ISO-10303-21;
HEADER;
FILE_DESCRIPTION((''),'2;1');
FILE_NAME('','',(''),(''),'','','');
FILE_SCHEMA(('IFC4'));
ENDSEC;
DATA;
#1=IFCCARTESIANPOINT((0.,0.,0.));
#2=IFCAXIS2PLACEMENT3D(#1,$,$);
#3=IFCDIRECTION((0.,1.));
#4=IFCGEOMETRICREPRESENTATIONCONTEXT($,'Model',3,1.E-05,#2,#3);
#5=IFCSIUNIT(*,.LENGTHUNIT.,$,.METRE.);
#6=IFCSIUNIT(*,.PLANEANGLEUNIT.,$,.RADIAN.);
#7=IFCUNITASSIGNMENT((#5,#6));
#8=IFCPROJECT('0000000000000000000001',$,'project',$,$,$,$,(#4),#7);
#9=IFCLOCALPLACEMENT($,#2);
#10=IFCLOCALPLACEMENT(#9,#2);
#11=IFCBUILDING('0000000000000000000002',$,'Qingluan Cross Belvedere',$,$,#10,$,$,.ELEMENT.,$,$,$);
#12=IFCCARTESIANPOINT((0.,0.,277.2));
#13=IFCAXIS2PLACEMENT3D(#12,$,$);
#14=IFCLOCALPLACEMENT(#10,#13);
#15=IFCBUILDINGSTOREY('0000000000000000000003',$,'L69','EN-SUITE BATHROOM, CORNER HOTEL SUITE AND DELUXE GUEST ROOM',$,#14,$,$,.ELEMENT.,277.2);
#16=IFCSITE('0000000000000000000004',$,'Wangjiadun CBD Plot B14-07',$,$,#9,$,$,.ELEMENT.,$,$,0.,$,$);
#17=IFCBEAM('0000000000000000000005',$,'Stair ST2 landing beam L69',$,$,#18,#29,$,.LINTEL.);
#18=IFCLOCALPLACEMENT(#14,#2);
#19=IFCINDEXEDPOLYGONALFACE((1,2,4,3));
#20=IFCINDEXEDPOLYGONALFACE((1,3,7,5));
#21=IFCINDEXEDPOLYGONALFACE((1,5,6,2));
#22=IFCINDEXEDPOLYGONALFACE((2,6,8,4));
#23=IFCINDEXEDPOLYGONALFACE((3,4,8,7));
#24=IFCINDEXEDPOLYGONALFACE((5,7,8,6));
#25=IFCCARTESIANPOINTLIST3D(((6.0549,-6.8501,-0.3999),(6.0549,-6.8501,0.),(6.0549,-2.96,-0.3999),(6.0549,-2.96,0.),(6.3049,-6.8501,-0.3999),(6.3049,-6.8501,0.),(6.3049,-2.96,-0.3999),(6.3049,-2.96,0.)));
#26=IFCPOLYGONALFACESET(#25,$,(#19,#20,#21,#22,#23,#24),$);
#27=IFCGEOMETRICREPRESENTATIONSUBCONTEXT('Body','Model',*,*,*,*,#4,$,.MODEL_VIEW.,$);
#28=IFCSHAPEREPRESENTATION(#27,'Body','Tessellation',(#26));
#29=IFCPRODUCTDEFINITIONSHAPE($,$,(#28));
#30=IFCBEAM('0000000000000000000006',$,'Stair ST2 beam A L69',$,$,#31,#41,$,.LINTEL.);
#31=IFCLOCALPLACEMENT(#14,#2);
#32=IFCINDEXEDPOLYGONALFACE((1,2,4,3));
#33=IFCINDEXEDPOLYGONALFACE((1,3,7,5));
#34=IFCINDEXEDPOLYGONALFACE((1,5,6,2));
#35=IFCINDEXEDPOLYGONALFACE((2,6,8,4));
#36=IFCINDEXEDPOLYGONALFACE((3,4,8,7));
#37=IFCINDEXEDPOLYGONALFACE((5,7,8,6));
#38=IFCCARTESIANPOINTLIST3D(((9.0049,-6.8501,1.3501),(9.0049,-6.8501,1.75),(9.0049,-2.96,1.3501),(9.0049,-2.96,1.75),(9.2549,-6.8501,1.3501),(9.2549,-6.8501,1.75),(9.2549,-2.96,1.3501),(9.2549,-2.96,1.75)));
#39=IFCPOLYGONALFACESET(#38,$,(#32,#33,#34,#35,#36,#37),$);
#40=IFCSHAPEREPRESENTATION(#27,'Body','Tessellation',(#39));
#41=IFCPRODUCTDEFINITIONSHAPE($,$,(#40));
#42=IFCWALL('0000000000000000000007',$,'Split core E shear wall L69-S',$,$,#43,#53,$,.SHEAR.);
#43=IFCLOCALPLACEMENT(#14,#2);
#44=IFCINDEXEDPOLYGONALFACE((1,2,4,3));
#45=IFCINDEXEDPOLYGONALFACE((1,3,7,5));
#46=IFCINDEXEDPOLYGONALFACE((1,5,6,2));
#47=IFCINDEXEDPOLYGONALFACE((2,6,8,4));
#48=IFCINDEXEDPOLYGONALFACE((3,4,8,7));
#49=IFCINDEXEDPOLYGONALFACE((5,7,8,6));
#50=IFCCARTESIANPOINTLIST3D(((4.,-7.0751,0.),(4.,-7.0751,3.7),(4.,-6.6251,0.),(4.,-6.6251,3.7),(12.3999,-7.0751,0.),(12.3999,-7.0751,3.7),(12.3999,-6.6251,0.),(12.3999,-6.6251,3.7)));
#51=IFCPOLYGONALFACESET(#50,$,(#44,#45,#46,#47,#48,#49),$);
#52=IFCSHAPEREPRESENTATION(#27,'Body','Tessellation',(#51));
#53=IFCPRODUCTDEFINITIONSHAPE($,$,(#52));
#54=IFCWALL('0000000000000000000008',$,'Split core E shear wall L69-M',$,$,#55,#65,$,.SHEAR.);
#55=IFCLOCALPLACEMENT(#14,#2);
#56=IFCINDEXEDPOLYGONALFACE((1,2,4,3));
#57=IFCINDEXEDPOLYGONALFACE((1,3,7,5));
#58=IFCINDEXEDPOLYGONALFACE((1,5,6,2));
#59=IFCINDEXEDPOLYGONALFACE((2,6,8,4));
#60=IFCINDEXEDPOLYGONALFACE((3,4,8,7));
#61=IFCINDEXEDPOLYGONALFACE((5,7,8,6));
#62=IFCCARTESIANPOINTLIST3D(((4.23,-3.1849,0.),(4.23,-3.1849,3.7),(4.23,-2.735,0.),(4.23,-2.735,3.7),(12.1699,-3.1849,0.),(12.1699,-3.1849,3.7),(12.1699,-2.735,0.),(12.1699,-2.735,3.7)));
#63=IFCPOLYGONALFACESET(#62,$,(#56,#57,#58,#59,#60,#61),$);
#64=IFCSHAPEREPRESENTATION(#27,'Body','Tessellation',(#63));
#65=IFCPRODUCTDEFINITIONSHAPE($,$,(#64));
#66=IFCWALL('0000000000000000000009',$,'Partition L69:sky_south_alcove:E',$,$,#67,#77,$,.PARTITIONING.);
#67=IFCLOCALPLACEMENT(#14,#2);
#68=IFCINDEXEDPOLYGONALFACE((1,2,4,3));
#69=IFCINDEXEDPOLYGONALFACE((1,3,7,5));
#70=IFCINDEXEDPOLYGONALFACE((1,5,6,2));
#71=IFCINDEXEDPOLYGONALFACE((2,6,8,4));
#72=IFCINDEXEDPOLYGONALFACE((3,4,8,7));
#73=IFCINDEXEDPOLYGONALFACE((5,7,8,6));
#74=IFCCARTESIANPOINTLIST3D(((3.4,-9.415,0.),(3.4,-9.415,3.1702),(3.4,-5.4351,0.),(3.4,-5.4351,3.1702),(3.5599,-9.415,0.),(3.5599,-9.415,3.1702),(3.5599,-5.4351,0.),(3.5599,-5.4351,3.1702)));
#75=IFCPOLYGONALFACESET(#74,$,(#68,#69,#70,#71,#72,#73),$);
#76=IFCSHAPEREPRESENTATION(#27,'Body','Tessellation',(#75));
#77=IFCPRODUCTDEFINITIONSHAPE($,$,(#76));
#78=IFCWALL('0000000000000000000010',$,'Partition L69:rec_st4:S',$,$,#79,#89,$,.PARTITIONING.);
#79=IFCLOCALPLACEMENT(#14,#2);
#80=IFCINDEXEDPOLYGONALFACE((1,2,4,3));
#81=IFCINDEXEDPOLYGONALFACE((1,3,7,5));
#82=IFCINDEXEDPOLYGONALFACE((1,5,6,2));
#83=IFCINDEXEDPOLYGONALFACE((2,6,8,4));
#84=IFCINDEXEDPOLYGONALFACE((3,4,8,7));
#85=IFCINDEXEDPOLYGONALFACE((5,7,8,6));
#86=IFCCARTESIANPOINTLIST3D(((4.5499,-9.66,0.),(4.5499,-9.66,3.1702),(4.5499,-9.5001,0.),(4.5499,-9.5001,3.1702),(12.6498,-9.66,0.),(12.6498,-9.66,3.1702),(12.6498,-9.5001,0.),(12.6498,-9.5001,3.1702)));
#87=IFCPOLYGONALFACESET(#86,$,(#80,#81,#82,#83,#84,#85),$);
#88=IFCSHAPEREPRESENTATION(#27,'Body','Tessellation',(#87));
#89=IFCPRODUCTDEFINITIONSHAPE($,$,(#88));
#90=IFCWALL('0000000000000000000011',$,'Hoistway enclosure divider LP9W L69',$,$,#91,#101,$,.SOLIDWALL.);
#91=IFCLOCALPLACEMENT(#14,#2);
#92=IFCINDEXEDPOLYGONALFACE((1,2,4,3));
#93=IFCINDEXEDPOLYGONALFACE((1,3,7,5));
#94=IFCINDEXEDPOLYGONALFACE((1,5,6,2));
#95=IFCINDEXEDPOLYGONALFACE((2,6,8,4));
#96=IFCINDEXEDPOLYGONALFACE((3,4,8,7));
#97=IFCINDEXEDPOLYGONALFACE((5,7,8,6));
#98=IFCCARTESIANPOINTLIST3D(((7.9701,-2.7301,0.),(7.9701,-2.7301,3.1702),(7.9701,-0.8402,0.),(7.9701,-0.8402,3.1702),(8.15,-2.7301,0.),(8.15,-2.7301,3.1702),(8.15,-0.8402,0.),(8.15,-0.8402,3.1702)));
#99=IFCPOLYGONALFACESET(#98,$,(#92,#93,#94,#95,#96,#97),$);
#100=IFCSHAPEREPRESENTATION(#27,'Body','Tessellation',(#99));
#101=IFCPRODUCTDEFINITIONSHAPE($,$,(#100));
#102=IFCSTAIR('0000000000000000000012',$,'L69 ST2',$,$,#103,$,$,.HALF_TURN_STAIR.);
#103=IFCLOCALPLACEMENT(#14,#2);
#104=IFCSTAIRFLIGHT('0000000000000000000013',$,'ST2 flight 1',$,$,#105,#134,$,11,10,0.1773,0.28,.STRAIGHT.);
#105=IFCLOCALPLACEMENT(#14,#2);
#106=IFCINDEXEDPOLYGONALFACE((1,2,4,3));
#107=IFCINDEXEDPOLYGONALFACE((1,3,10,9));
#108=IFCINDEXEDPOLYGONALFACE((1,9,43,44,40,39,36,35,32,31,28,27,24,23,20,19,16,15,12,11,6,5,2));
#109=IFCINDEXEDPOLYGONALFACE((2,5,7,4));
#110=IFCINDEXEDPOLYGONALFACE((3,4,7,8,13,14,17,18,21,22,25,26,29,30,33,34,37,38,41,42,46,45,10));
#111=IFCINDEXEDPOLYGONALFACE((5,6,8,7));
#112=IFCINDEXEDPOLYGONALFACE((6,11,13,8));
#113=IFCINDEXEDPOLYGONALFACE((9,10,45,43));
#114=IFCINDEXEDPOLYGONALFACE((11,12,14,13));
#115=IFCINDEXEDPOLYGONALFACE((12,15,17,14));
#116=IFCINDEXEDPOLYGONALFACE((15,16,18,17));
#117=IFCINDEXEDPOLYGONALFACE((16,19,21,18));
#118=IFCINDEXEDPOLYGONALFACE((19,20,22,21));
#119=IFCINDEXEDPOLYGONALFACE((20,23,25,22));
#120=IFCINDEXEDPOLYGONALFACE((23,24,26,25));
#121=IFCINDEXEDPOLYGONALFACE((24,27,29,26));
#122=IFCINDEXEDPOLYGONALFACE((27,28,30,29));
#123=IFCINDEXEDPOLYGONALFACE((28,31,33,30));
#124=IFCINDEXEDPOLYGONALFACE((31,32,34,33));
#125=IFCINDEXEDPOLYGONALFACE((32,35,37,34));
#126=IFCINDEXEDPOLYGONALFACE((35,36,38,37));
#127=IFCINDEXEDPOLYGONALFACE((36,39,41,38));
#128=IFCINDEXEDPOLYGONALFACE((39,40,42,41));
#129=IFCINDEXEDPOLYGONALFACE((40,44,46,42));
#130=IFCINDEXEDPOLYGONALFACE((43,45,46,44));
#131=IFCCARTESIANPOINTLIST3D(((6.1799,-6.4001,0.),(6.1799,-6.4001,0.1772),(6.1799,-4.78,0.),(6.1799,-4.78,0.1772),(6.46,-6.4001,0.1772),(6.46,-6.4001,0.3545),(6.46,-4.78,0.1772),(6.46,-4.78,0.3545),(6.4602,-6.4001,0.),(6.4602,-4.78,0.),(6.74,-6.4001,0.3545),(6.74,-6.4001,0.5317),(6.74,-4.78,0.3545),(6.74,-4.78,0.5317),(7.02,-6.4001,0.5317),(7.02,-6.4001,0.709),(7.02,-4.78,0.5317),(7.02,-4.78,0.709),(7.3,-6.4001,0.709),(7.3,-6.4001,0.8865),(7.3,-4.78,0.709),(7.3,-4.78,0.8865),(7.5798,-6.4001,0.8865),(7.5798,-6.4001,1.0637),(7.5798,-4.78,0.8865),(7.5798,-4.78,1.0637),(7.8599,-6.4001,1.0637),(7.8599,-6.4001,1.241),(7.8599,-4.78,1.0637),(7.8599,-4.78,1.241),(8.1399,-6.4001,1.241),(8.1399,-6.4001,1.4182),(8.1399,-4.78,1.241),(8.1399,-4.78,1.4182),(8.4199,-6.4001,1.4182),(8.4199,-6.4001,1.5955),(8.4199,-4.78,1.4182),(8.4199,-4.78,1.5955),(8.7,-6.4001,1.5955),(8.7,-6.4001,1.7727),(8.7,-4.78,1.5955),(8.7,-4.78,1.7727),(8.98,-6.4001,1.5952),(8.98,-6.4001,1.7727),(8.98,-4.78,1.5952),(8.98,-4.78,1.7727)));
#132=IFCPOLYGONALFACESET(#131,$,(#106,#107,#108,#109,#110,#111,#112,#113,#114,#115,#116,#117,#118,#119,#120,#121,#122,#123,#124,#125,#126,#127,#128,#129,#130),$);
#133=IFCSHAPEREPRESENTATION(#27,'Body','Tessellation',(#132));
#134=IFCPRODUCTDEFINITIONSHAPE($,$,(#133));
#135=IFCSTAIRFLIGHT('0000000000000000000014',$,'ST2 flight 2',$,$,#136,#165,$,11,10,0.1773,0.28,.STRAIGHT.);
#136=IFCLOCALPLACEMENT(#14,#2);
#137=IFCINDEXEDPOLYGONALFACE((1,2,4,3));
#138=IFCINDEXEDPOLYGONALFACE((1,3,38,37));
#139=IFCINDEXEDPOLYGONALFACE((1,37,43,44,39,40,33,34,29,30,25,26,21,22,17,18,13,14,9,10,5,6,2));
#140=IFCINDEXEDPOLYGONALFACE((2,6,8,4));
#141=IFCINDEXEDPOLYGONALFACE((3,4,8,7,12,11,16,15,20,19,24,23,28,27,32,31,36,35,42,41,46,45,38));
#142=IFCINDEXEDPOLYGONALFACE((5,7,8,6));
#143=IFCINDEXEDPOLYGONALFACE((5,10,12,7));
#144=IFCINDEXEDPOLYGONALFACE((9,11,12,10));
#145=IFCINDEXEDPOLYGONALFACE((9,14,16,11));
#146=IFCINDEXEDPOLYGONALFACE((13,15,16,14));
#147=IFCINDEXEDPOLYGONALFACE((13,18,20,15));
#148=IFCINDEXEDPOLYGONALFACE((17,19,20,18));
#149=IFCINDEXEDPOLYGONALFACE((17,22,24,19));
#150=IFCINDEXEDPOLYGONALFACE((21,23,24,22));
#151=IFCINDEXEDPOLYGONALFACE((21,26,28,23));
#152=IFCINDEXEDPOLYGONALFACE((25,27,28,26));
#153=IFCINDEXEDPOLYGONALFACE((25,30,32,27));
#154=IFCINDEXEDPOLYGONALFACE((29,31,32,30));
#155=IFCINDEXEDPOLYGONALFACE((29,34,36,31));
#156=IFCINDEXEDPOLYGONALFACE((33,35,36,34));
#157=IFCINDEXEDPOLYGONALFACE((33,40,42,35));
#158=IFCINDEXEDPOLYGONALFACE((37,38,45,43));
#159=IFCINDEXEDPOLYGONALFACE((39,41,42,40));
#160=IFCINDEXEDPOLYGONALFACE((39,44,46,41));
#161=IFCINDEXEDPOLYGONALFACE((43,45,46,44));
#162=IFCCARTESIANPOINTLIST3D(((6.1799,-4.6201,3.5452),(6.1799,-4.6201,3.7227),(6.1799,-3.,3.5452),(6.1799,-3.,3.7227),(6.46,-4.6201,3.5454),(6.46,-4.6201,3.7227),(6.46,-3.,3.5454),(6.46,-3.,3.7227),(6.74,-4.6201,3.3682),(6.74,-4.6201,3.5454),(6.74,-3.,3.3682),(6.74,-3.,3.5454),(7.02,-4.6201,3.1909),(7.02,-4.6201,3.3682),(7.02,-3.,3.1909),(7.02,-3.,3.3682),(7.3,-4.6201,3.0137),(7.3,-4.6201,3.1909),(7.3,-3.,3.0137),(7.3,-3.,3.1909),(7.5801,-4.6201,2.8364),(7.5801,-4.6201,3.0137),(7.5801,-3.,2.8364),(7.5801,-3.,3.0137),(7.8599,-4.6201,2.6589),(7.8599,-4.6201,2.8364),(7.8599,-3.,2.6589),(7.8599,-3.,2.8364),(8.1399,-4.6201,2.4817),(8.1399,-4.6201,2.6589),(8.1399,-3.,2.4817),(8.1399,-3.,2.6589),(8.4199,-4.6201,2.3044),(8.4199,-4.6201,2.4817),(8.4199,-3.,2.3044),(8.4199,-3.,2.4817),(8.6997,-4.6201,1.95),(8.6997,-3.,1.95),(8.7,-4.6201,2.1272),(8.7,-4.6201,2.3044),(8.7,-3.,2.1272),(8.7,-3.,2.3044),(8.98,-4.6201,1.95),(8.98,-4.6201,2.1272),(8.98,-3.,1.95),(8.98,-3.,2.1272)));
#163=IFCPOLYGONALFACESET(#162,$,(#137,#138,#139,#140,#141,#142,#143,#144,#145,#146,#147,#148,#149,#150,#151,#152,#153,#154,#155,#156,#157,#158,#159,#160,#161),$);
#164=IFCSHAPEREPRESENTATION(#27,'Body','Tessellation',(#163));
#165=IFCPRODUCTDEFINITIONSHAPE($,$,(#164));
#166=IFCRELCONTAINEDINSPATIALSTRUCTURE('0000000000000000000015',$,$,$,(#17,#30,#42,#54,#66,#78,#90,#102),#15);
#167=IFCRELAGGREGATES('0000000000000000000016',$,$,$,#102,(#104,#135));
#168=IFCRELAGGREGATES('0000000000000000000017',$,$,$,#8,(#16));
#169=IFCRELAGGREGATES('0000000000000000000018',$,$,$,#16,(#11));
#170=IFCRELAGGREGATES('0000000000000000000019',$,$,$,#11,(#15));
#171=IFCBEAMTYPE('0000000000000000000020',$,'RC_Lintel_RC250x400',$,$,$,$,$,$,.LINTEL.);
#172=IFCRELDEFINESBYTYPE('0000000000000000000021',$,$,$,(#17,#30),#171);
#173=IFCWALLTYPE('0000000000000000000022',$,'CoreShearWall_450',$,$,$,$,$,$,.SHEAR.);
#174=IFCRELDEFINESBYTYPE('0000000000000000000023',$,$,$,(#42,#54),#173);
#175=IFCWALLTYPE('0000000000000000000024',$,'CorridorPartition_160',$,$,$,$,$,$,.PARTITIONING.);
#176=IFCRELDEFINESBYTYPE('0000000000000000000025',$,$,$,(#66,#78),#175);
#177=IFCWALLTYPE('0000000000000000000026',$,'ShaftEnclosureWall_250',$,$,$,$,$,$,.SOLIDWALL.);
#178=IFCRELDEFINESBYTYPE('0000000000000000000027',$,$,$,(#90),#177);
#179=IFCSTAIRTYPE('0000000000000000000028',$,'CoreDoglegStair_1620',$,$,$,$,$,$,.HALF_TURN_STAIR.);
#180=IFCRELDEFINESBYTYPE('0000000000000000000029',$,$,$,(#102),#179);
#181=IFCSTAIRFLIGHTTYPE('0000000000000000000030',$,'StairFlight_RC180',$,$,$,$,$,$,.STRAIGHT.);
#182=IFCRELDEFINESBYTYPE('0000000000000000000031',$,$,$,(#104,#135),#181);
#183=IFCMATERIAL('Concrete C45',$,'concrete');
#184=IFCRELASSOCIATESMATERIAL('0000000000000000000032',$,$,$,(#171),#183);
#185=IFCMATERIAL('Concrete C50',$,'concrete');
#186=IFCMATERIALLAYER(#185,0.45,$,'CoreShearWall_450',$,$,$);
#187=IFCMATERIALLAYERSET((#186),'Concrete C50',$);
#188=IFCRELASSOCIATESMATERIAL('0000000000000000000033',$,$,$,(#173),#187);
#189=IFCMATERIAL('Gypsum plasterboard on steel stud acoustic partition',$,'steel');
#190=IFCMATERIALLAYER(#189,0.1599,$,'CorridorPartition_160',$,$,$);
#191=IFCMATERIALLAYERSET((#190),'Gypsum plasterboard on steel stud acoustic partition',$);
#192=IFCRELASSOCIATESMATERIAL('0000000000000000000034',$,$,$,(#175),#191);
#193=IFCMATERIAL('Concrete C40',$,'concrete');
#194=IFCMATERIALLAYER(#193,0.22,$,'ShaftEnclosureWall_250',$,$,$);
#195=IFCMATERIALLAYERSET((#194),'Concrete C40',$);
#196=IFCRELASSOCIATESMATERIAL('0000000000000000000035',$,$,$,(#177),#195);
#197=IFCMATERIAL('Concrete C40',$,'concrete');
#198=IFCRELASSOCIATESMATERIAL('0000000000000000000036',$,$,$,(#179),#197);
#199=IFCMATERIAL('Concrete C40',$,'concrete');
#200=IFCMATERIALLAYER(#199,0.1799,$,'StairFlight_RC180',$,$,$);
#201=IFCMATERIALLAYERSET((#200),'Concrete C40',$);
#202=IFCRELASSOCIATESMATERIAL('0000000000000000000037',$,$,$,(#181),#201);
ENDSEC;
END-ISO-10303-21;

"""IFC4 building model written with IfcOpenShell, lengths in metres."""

from ifc_helpers import new_model, si_unit, direction, frame, frame_2d, origin, origin_2d, place, context, subcontext, project, spatial, polyline, rectangle, outline, extrude, material, layer, layer_set, material_profile, profile_set, type_object, element, aggregate, save


model = new_model("IFC4")

# Units and contexts
model_context = context("Model", 3, precision=1e-05, world=origin(), true_north=direction((0.0, 1.0)))
body_context = subcontext(model_context, "Body", "Model", "MODEL_VIEW")
ifc_project = project(units=[si_unit("LENGTHUNIT", "METRE"), si_unit("PLANEANGLEUNIT", "RADIAN")], contexts=[model_context])

# Site, building, storey
site_placement = place(None, origin())
site = spatial("IfcSite", under=ifc_project, at=site_placement, Name="Wangjiadun CBD Plot B14-07", CompositionType="ELEMENT", RefElevation=0.0)
building_placement = place(site_placement, origin())
building = spatial("IfcBuilding", under=site, at=building_placement, Name="Qingluan Cross Belvedere", CompositionType="ELEMENT")
storey_placement = place(building_placement, frame((0.0, 0.0, 277.2)))
storey = spatial("IfcBuildingStorey", under=building, at=storey_placement, Name="L69", Description="EN-SUITE BATHROOM, CORNER HOTEL SUITE AND DELUXE GUEST ROOM", CompositionType="ELEMENT", Elevation=277.2)

# Beams
ifc_material_1 = material(Name="Concrete C45", Category="concrete")
ifc_material_profile = material_profile(ifc_material_1, rectangle(XDim=0.25, YDim=0.3999, at=origin_2d()), Name="RC250x400")
ifc_profile_set = profile_set([ifc_material_profile], Name="Concrete C45")
beam_type = type_object("IfcBeamType", Name="RC_Lintel_RC250x400", PredefinedType="LINTEL", material=ifc_profile_set)
for number, where, z_axis, x_axis, name in (
    (1, (6.1799, -6.8501, -0.2), (0.0, 1.0, 0.0), (-1.0, 0.0, 0.0), "Stair ST2 landing beam L69"),
    (2, (9.1299, -6.8501, 1.55), (0.0, 1.0, 0.0), (-1.0, 0.0, 0.0), "Stair ST2 beam A L69"),
):
    element("IfcBeam", number, at=place(storey_placement, frame(where, z_axis=z_axis, x_axis=x_axis)), inside=storey, type_object=beam_type, Name=name, PredefinedType="LINTEL", context=body_context, shape_type="SweptSolid", body=[
        extrude(rectangle(XDim=0.25, YDim=0.3999, at=origin_2d()), origin(), (0.0, 0.0, 1.0), 3.8901),
    ])

# Wall
ifc_material_2 = material(Name="Concrete C50", Category="concrete")
ifc_layer_1 = layer(ifc_material_2, 0.45, Name="CoreShearWall_450")
ifc_layer_set_1 = layer_set([ifc_layer_1], Name="Concrete C50")
wall_type_1 = type_object("IfcWallType", Name="CoreShearWall_450", PredefinedType="SHEAR", material=ifc_layer_set_1)
wall_1_placement = place(storey_placement, frame((4.0, -6.8501, 0.0), z_axis=(0.0, 0.0, 1.0), x_axis=(1.0, 0.0, 0.0)))
element("IfcWall", 3, at=wall_1_placement, inside=storey, type_object=wall_type_1, Name="Split core E shear wall L69-S", PredefinedType="SHEAR", context=body_context, shape_type="SweptSolid", body=[
    extrude(rectangle(XDim=8.3999, YDim=0.45, at=frame_2d((4.2, 0.0))), origin(), (0.0, 0.0, 1.0), 3.7),
])

# Wall
wall_2_placement = place(storey_placement, frame((4.23, -2.96, 0.0), z_axis=(0.0, 0.0, 1.0), x_axis=(1.0, 0.0, 0.0)))
element("IfcWall", 4, at=wall_2_placement, inside=storey, type_object=wall_type_1, Name="Split core E shear wall L69-M", PredefinedType="SHEAR", context=body_context, shape_type="SweptSolid", body=[
    extrude(rectangle(XDim=7.9399, YDim=0.45, at=frame_2d((3.97, 0.0))), origin(), (0.0, 0.0, 1.0), 3.7),
])

# Shared definitions
ifc_material_3 = material(Name="Gypsum plasterboard on steel stud acoustic partition", Category="steel")
ifc_layer_2 = layer(ifc_material_3, 0.1599, Name="CorridorPartition_160")
ifc_layer_set_2 = layer_set([ifc_layer_2], Name="Gypsum plasterboard on steel stud acoustic partition")
wall_type_2 = type_object("IfcWallType", Name="CorridorPartition_160", PredefinedType="PARTITIONING", material=ifc_layer_set_2)

# Walls
wall_3_placement = place(storey_placement, frame((3.48, -9.415, 0.0), z_axis=(0.0, 0.0, 1.0), x_axis=(0.0, 1.0, 0.0)))
element("IfcWall", 5, at=wall_3_placement, inside=storey, type_object=wall_type_2, Name="Partition L69:sky_south_alcove:E", PredefinedType="PARTITIONING", context=body_context, shape_type="SweptSolid", body=[
    extrude(rectangle(XDim=3.98, YDim=0.1599, at=frame_2d((1.99, 0.0))), origin(), (0.0, 0.0, 1.0), 3.1702),
])
wall_4_placement = place(storey_placement, frame((4.55, -9.5801, 0.0), z_axis=(0.0, 0.0, 1.0), x_axis=(1.0, 0.0, 0.0)))
element("IfcWall", 6, at=wall_4_placement, inside=storey, type_object=wall_type_2, Name="Partition L69:rec_st4:S", PredefinedType="PARTITIONING", context=body_context, shape_type="SweptSolid", body=[
    extrude(rectangle(XDim=8.0999, YDim=0.1599, at=frame_2d((4.0498, 0.0))), origin(), (0.0, 0.0, 1.0), 3.1702),
])

# Wall
ifc_material_4 = material(Name="Concrete C40", Category="concrete")
ifc_layer_3 = layer(ifc_material_4, 0.22, Name="ShaftEnclosureWall_250")
ifc_layer_set_3 = layer_set([ifc_layer_3], Name="Concrete C40")
wall_type_3 = type_object("IfcWallType", Name="ShaftEnclosureWall_250", PredefinedType="SOLIDWALL", material=ifc_layer_set_3)
wall_5_placement = place(storey_placement, frame((8.0601, -2.73, 0.0), z_axis=(0.0, 0.0, 1.0), x_axis=(0.0, 1.0, 0.0)))
element("IfcWall", 7, at=wall_5_placement, inside=storey, type_object=wall_type_3, Name="Hoistway enclosure divider LP9W L69", PredefinedType="SOLIDWALL", context=body_context, shape_type="SweptSolid", body=[
    extrude(rectangle(XDim=1.8899, YDim=0.1799, at=frame_2d((0.9448, 0.0))), origin(), (0.0, 0.0, 1.0), 3.1702),
])

# Stair, stair flights
ifc_material_5 = material(Name="Concrete C40", Category="concrete")
stair_type = type_object("IfcStairType", Name="CoreDoglegStair_1620", PredefinedType="HALF_TURN_STAIR", material=ifc_material_5)
stair_placement = place(storey_placement, origin())
stair = element("IfcStair", 8, at=stair_placement, inside=storey, type_object=stair_type, Name="L69 ST2", PredefinedType="HALF_TURN_STAIR")
ifc_material_6 = material(Name="Concrete C40", Category="concrete")
ifc_layer_4 = layer(ifc_material_6, 0.1799, Name="StairFlight_RC180")
ifc_layer_set_4 = layer_set([ifc_layer_4], Name="Concrete C40")
stair_flight_type = type_object("IfcStairFlightType", Name="StairFlight_RC180", PredefinedType="STRAIGHT", material=ifc_layer_set_4)
stair_flight_1_placement = place(storey_placement, frame((6.1799, -5.5901, 0.0), z_axis=(0.0, 0.0, 1.0), x_axis=(1.0, 0.0, 0.0)))
stair_flight_1 = element("IfcStairFlight", 9, at=stair_flight_1_placement, type_object=stair_flight_type, Name="ST2 flight 1", NumberOfRisers=11, NumberOfTreads=10, PredefinedType="STRAIGHT", RiserHeight=0.1773, TreadLength=0.28, context=body_context, shape_type="SweptSolid", body=[
    extrude(outline(polyline([(0.0, 0.0), (0.0, 0.1772), (0.28, 0.1772), (0.28, 0.3545), (0.5601, 0.3545), (0.5601, 0.5317), (0.8401, 0.5317), (0.8401, 0.709), (1.1201, 0.709), (1.1201, 0.8865), (1.3999, 0.8865), (1.3999, 1.0637), (1.6799, 1.0637), (1.6799, 1.241), (1.96, 1.241), (1.96, 1.4182), (2.24, 1.4182), (2.24, 1.5955), (2.52, 1.5955), (2.52, 1.7727), (2.8, 1.7727), (2.8, 1.95), (2.8, 1.5952), (0.2803, 0.0), (0.0, 0.0)])), frame((0.0, 0.8101, 0.0), z_axis=(0.0, -1.0, 0.0), x_axis=(1.0, 0.0, 0.0)), (0.0, 0.0, 1.0), 1.6201),
])
stair_flight_2_placement = place(storey_placement, frame((8.98, -3.8101, 1.95), z_axis=(0.0, 0.0, 1.0), x_axis=(-1.0, 0.0, 0.0)))
stair_flight_2 = element("IfcStairFlight", 10, at=stair_flight_2_placement, type_object=stair_flight_type, Name="ST2 flight 2", NumberOfRisers=11, NumberOfTreads=10, PredefinedType="STRAIGHT", RiserHeight=0.1773, TreadLength=0.28, context=body_context, shape_type="SweptSolid", body=[
    extrude(outline(polyline([(0.0, 0.0), (0.0, 0.1772), (0.28, 0.1772), (0.28, 0.3545), (0.5601, 0.3545), (0.5601, 0.5317), (0.8401, 0.5317), (0.8401, 0.709), (1.1201, 0.709), (1.1201, 0.8865), (1.3999, 0.8865), (1.3999, 1.0637), (1.6799, 1.0637), (1.6799, 1.241), (1.96, 1.241), (1.96, 1.4182), (2.24, 1.4182), (2.24, 1.5955), (2.52, 1.5955), (2.52, 1.7727), (2.8, 1.7727), (2.8, 1.95), (2.8, 1.5952), (0.2803, 0.0), (0.0, 0.0)])), frame((0.0, 0.8101, 0.0), z_axis=(0.0, -1.0, 0.0), x_axis=(1.0, 0.0, 0.0)), (0.0, 0.0, 1.0), 1.6201),
])
aggregate(stair, [stair_flight_1, stair_flight_2])

save(model, "model.ifc")
